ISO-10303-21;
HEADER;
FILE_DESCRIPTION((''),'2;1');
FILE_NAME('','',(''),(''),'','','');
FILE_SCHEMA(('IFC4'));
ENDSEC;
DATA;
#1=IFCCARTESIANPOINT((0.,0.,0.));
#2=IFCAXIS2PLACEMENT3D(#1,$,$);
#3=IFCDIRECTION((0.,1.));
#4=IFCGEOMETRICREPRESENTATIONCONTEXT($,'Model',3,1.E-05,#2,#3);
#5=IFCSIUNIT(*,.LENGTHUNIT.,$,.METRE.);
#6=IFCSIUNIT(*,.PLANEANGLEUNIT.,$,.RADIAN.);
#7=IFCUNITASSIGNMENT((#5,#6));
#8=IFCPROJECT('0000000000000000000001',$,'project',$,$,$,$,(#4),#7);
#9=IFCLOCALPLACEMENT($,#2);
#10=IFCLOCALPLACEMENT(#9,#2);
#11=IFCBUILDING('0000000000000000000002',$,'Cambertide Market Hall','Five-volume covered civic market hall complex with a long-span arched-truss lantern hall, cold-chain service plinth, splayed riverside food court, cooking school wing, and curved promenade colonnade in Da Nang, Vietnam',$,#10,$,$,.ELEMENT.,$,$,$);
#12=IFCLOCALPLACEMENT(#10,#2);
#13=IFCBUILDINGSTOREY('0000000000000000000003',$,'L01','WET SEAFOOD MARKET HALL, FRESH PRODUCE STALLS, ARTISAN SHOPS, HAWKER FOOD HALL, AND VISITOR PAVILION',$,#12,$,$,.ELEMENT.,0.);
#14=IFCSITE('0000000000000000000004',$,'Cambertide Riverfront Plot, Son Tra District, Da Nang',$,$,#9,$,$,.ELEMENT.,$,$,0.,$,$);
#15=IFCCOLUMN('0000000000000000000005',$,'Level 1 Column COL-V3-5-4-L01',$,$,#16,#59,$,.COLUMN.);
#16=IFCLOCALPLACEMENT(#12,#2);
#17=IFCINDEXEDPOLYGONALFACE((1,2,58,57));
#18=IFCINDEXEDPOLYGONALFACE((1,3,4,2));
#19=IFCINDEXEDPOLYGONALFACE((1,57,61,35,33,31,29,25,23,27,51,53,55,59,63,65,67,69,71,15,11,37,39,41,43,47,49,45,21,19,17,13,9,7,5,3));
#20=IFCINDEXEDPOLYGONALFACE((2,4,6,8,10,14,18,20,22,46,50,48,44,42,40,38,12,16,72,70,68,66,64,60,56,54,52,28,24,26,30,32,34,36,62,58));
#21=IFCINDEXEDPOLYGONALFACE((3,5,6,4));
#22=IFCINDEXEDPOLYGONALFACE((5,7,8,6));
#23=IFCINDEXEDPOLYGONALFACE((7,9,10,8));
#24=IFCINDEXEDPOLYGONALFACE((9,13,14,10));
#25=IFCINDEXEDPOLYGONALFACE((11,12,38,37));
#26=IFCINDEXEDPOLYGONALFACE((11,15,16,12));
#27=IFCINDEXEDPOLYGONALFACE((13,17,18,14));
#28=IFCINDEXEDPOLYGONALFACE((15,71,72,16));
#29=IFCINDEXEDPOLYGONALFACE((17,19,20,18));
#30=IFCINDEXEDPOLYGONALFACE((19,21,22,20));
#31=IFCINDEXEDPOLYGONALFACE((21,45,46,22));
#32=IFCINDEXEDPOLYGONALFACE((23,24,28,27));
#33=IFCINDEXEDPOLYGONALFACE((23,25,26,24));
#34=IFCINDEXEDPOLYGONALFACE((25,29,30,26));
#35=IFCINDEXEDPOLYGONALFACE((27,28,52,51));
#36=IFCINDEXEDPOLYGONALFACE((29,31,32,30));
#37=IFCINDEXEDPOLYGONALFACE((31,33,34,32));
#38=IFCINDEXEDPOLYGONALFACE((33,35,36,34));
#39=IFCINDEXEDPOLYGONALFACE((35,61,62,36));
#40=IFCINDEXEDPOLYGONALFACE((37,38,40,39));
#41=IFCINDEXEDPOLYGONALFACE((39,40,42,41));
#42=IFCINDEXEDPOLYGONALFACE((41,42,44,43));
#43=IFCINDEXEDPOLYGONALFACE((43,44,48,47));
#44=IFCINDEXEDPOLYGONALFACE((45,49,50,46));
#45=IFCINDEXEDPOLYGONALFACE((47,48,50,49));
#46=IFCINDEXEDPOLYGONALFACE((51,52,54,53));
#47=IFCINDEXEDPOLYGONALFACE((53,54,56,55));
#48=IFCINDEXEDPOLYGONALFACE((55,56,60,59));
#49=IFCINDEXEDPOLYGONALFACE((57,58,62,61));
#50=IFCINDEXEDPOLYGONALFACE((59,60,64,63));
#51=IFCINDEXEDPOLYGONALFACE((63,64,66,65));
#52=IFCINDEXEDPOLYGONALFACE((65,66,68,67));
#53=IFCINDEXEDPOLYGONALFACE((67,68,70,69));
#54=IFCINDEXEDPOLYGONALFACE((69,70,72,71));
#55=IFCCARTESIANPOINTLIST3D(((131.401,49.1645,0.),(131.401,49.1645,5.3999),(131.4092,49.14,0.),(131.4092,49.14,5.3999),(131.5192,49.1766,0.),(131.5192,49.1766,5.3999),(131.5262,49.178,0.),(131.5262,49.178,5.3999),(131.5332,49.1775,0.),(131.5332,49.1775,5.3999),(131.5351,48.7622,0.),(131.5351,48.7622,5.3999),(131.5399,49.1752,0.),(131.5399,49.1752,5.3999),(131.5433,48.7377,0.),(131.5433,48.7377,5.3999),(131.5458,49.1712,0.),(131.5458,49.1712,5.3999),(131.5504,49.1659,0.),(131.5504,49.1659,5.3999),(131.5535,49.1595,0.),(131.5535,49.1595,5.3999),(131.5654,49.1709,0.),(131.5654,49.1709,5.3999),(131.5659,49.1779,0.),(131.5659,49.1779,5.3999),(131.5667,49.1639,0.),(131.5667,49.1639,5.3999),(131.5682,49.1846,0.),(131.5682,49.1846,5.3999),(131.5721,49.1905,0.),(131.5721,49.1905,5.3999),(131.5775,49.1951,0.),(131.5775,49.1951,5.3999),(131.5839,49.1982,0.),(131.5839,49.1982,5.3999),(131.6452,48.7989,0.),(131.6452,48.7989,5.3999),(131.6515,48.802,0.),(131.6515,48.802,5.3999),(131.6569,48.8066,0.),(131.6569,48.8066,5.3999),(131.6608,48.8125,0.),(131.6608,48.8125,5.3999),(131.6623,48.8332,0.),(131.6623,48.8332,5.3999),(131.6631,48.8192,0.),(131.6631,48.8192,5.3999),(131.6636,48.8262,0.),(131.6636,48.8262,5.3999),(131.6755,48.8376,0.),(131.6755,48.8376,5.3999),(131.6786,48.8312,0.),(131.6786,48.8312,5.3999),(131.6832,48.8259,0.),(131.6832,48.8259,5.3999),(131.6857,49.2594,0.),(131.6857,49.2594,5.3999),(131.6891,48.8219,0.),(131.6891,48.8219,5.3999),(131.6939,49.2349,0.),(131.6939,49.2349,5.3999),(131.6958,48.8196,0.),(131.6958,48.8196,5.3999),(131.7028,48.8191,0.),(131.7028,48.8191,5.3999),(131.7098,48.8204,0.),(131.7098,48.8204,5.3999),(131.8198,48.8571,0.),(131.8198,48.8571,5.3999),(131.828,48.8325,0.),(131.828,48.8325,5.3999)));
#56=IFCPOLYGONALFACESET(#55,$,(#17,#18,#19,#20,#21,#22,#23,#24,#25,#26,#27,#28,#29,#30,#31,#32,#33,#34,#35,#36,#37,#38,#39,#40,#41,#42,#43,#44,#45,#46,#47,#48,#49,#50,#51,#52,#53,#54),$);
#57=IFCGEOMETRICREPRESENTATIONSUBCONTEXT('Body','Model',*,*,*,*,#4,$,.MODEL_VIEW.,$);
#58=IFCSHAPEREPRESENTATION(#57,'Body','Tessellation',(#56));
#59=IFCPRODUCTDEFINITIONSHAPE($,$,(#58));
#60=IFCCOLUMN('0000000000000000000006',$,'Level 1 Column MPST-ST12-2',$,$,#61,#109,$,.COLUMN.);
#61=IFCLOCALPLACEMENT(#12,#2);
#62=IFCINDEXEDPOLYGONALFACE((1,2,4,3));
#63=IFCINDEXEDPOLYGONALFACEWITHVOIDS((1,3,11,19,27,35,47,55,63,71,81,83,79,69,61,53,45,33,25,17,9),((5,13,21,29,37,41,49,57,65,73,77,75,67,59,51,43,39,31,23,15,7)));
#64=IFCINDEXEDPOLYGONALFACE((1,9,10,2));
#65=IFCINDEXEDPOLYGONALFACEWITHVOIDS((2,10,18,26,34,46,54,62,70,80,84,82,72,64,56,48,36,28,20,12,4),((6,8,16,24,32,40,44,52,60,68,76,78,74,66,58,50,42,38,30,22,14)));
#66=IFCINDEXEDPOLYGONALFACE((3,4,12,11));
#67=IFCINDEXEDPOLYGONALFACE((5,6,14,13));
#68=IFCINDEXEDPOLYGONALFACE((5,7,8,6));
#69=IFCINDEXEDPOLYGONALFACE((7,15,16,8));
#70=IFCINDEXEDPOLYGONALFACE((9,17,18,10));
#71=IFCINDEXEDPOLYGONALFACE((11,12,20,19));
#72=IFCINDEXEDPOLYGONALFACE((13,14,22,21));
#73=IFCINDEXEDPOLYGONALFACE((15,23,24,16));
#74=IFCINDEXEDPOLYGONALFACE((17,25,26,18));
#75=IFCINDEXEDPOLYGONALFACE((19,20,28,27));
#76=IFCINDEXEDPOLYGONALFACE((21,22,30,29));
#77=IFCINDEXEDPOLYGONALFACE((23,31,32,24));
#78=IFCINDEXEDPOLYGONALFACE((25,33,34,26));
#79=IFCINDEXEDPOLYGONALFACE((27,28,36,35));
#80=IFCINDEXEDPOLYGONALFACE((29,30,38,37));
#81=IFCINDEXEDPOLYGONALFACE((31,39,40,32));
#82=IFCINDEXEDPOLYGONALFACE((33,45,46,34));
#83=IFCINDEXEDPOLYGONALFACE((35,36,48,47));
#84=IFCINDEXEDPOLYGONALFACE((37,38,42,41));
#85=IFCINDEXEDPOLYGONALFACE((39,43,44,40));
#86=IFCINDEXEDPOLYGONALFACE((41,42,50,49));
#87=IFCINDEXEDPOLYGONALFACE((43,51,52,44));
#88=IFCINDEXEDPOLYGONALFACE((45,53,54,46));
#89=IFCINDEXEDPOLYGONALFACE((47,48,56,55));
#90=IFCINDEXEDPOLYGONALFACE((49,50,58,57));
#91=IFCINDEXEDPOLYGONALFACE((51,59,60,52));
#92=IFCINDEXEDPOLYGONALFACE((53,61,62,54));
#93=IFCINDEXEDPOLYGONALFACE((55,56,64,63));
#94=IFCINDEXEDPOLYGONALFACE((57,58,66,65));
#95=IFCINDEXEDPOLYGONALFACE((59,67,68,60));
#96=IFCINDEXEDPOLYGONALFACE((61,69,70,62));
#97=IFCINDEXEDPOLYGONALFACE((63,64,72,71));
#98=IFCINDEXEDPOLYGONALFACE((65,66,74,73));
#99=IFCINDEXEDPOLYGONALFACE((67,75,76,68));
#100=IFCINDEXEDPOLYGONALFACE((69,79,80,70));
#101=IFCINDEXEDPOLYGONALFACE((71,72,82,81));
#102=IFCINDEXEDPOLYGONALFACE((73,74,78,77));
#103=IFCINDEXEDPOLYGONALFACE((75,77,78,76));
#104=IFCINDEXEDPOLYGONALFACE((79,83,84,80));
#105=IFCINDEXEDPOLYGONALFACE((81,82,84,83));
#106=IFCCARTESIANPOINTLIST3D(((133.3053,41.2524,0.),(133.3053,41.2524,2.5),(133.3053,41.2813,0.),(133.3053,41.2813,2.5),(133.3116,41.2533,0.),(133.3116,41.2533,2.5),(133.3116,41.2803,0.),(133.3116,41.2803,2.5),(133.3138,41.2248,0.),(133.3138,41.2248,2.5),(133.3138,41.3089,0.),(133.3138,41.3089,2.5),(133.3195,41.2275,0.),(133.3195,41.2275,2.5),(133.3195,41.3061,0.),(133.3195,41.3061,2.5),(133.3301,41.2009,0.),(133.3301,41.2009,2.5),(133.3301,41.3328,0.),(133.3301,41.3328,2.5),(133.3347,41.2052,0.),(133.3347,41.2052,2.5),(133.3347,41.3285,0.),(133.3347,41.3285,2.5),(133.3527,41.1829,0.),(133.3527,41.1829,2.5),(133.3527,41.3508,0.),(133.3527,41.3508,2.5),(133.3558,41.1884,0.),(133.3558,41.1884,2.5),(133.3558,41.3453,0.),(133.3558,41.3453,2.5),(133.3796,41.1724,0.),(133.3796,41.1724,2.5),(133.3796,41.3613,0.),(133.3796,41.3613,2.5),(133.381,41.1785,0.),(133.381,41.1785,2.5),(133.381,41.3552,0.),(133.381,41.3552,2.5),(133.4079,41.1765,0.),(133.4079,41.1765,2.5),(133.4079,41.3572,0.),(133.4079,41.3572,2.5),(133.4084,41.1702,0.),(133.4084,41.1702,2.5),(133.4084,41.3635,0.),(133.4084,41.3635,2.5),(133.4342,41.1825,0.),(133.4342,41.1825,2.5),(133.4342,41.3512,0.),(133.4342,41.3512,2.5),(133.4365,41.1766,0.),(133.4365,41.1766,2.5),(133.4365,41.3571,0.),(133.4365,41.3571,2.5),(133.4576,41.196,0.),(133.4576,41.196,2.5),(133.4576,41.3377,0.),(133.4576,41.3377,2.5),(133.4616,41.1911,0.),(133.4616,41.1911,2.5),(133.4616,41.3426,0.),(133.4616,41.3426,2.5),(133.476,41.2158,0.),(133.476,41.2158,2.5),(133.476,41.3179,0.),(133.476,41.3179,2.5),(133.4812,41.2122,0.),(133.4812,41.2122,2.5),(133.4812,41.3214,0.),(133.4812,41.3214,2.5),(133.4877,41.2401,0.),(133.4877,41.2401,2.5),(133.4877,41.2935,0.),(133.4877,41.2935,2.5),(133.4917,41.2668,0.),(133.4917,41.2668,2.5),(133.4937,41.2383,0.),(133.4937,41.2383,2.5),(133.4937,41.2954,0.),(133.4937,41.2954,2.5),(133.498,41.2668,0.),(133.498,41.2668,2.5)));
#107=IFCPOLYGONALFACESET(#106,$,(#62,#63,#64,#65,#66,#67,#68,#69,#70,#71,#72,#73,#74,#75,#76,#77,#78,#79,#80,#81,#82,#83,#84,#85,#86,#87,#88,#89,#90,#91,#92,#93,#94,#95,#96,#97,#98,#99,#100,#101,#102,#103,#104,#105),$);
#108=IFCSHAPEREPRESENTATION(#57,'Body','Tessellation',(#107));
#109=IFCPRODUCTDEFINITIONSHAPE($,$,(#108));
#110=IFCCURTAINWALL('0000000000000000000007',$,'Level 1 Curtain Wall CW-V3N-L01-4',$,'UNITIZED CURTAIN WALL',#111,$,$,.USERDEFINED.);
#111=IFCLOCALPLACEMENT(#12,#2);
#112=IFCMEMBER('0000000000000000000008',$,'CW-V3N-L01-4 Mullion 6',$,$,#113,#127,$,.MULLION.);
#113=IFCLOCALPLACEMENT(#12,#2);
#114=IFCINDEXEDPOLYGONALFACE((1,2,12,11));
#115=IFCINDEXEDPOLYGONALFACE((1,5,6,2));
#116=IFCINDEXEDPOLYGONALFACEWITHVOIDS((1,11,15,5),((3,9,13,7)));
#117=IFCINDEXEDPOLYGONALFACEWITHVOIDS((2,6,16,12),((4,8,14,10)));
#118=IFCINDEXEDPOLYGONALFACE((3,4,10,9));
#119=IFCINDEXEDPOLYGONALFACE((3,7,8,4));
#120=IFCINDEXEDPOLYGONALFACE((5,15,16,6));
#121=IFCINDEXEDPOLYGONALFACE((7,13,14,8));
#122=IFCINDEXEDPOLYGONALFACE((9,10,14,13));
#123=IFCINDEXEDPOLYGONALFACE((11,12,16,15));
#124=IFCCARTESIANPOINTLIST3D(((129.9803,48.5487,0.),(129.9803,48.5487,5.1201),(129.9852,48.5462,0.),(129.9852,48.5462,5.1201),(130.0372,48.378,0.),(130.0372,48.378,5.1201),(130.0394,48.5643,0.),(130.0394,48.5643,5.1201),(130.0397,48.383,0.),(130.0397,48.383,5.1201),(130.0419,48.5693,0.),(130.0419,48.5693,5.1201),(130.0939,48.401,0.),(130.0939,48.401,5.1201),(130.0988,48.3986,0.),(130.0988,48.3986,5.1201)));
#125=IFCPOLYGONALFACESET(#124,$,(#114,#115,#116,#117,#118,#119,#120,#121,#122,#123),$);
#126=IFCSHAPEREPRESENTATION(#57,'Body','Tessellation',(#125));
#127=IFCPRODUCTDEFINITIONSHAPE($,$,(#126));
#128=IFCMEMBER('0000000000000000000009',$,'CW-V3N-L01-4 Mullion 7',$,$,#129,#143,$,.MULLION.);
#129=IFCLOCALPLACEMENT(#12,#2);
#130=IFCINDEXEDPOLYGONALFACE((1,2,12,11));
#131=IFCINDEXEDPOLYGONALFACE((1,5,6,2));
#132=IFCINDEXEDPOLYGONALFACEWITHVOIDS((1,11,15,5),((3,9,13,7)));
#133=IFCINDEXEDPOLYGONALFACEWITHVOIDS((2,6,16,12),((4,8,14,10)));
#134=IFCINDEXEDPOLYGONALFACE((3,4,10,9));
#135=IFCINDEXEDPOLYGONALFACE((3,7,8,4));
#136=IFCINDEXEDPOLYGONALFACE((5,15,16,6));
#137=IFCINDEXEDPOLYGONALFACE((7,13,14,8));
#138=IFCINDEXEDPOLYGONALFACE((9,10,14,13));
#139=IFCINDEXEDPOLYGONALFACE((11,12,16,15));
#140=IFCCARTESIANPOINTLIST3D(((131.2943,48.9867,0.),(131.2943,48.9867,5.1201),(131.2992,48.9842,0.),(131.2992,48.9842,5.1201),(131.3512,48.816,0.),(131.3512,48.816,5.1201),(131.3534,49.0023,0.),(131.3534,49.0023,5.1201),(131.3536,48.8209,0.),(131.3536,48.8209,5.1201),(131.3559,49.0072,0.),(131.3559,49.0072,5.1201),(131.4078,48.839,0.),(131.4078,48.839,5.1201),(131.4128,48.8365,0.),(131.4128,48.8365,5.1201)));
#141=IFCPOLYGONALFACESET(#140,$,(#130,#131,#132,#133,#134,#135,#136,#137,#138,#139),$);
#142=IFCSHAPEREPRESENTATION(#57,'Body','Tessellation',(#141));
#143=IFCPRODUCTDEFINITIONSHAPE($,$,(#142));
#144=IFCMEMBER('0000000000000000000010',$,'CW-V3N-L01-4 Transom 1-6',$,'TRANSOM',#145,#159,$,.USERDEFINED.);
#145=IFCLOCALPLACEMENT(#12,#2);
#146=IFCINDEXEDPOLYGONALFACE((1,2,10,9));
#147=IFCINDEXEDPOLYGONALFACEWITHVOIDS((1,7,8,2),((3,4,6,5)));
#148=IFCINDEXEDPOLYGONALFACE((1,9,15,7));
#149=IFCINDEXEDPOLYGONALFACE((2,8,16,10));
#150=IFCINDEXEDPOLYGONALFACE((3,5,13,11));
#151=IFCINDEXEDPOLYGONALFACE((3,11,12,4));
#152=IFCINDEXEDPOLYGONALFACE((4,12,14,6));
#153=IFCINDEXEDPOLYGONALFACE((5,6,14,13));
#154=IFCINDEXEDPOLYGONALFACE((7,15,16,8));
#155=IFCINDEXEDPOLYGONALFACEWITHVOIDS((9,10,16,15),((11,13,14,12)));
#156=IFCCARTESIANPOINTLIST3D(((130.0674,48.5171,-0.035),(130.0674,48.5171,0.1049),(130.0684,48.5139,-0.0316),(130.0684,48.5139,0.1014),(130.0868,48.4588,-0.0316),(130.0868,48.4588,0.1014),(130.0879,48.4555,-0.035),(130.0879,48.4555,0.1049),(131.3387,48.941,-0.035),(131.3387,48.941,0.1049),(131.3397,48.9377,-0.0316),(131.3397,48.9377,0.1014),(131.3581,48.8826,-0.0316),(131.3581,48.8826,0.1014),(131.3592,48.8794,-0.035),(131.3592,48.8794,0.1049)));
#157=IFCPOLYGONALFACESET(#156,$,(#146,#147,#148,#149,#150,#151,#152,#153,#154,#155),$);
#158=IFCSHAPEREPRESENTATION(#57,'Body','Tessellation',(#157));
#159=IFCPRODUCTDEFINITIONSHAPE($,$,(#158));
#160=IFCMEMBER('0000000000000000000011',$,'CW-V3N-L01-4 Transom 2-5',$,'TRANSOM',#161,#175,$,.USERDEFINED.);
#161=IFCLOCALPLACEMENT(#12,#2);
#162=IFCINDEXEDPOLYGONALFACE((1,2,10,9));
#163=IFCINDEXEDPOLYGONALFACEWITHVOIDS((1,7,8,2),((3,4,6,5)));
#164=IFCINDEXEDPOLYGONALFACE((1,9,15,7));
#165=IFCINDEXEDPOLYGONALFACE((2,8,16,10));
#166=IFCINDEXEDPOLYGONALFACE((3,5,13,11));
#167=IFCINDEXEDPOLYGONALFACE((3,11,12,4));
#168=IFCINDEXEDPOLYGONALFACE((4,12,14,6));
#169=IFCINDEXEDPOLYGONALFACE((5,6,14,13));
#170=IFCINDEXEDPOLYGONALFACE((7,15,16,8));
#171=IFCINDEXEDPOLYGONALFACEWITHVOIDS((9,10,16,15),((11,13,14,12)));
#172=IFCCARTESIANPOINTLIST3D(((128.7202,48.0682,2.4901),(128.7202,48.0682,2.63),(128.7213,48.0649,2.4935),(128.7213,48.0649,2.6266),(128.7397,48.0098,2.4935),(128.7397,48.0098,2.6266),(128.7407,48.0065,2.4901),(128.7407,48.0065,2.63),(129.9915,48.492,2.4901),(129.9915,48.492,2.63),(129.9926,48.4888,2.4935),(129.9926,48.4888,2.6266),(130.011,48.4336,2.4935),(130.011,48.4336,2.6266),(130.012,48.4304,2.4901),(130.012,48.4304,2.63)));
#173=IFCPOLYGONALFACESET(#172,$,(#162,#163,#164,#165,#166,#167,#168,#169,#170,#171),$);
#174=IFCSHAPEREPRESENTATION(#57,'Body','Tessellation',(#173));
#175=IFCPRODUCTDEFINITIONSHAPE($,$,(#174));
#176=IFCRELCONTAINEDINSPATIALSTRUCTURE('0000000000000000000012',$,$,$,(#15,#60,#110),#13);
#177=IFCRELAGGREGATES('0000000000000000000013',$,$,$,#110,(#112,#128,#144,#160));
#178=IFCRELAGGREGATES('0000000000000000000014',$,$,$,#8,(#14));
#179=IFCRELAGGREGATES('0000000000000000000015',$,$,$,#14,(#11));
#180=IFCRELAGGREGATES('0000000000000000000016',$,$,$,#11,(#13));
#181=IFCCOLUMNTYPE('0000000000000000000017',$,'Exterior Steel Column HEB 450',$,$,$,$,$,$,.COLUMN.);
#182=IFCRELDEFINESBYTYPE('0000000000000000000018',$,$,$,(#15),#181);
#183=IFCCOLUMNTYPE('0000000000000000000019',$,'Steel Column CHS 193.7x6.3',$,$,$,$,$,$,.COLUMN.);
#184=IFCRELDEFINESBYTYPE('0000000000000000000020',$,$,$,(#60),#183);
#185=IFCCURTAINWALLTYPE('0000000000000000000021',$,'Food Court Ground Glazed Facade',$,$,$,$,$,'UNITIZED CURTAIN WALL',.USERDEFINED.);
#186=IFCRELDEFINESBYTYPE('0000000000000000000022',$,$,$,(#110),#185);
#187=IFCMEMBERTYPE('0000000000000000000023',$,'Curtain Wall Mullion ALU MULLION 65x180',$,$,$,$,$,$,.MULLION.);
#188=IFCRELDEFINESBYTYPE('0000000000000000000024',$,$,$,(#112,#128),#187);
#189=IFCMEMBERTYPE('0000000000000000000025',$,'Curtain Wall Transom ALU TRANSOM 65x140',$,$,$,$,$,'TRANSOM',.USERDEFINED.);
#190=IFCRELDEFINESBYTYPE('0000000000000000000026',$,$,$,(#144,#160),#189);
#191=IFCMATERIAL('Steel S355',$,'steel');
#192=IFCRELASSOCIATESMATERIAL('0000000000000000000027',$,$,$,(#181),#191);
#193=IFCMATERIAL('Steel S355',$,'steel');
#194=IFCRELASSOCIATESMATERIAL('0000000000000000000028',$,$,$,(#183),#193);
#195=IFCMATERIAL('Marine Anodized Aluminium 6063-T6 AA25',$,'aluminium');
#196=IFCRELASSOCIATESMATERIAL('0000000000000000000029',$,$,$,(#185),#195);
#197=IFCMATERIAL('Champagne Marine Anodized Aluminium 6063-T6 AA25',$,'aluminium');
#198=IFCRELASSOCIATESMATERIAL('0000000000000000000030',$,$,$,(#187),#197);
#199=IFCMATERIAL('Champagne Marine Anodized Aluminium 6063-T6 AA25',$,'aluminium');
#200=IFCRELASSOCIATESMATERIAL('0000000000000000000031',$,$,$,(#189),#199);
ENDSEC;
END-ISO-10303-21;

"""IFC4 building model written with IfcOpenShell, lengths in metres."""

from ifc_helpers import new_model, si_unit, direction, frame, origin, origin_2d, place, context, subcontext, project, spatial, hollow_rectangle, hollow_circle, i_section, extrude, material, material_profile, profile_set, type_object, element, aggregate, save


model = new_model("IFC4")

# Units and contexts
model_context = context("Model", 3, precision=1e-05, world=origin(), true_north=direction((0.0, 1.0)))
body_context = subcontext(model_context, "Body", "Model", "MODEL_VIEW")
ifc_project = project(units=[si_unit("LENGTHUNIT", "METRE"), si_unit("PLANEANGLEUNIT", "RADIAN")], contexts=[model_context])

# Site, building, storey
site_placement = place(None, origin())
site = spatial("IfcSite", under=ifc_project, at=site_placement, Name="Cambertide Riverfront Plot, Son Tra District, Da Nang", CompositionType="ELEMENT", RefElevation=0.0)
building_placement = place(site_placement, origin())
building = spatial("IfcBuilding", under=site, at=building_placement, Name="Cambertide Market Hall", Description="Five-volume covered civic market hall complex with a long-span arched-truss lantern hall, cold-chain service plinth, splayed riverside food court, cooking school wing, and curved promenade colonnade in Da Nang, Vietnam", CompositionType="ELEMENT")
storey_placement = place(building_placement, origin())
storey = spatial("IfcBuildingStorey", under=building, at=storey_placement, Name="L01", Description="WET SEAFOOD MARKET HALL, FRESH PRODUCE STALLS, ARTISAN SHOPS, HAWKER FOOD HALL, AND VISITOR PAVILION", CompositionType="ELEMENT", Elevation=0.0)

# Columns
ifc_material_1 = material(Name="Steel S355", Category="steel")
ifc_material_profile_1 = material_profile(ifc_material_1, i_section(OverallWidth=0.3, OverallDepth=0.45, WebThickness=0.0139, FlangeThickness=0.0259, FilletRadius=0.0271, at=origin_2d()), Name="HEB 450")
ifc_profile_set_1 = profile_set([ifc_material_profile_1], Name="Steel S355")
column_type_1 = type_object("IfcColumnType", Name="Exterior Steel Column HEB 450", PredefinedType="COLUMN", material=ifc_profile_set_1)
column_1_placement = place(storey_placement, frame((131.6145, 48.9985, 0.0), z_axis=(0.0, 0.0, 1.0), x_axis=(0.948683, 0.316228, 0.0)))
element("IfcColumn", 1, at=column_1_placement, inside=storey, type_object=column_type_1, Name="Level 1 Column COL-V3-5-4-L01", PredefinedType="COLUMN", context=body_context, shape_type="SweptSolid", body=[
    extrude(i_section(OverallWidth=0.3, OverallDepth=0.45, WebThickness=0.0139, FlangeThickness=0.0259, FilletRadius=0.0271, at=origin_2d()), origin(), (0.0, 0.0, 1.0), 5.3999),
])
ifc_material_2 = material(Name="Steel S355", Category="steel")
ifc_material_profile_2 = material_profile(ifc_material_2, hollow_circle(Radius=0.0969, WallThickness=0.0063, at=origin_2d()), Name="CHS 193.7x6.3")
ifc_profile_set_2 = profile_set([ifc_material_profile_2], Name="Steel S355")
column_type_2 = type_object("IfcColumnType", Name="Steel Column CHS 193.7x6.3", PredefinedType="COLUMN", material=ifc_profile_set_2)
column_2_placement = place(storey_placement, frame((133.4011, 41.2668, 0.0), z_axis=(0.0, 0.0, 1.0), x_axis=(1.0, 0.0, 0.0)))
element("IfcColumn", 2, at=column_2_placement, inside=storey, type_object=column_type_2, Name="Level 1 Column MPST-ST12-2", PredefinedType="COLUMN", context=body_context, shape_type="SweptSolid", body=[
    extrude(hollow_circle(Radius=0.0969, WallThickness=0.0063, at=origin_2d()), origin(), (0.0, 0.0, 1.0), 2.5),
])

# Curtain wall, members
ifc_material_3 = material(Name="Marine Anodized Aluminium 6063-T6 AA25", Category="aluminium")
curtain_wall_type = type_object("IfcCurtainWallType", Name="Food Court Ground Glazed Facade", ElementType="UNITIZED CURTAIN WALL", PredefinedType="USERDEFINED", material=ifc_material_3)
curtain_wall_placement = place(storey_placement, origin())
curtain_wall = element("IfcCurtainWall", 3, at=curtain_wall_placement, inside=storey, type_object=curtain_wall_type, Name="Level 1 Curtain Wall CW-V3N-L01-4", ObjectType="UNITIZED CURTAIN WALL", PredefinedType="USERDEFINED")
ifc_material_4 = material(Name="Champagne Marine Anodized Aluminium 6063-T6 AA25", Category="aluminium")
ifc_material_profile_3 = material_profile(ifc_material_4, hollow_rectangle(XDim=0.0649, YDim=0.1799, WallThickness=0.0039, at=origin_2d()), Name="ALU MULLION 65x180")
ifc_profile_set_3 = profile_set([ifc_material_profile_3], Name="Champagne Marine Anodized Aluminium 6063-T6 AA25")
member_type_1 = type_object("IfcMemberType", Name="Curtain Wall Mullion ALU MULLION 65x180", PredefinedType="MULLION", material=ifc_profile_set_3)
member_1_placement = place(storey_placement, frame((130.0396, 48.4736, 0.0), z_axis=(0.0, 0.0, 1.0), x_axis=(0.948683, 0.316228, 0.0)))
member_1 = element("IfcMember", 4, at=member_1_placement, type_object=member_type_1, Name="CW-V3N-L01-4 Mullion 6", PredefinedType="MULLION", context=body_context, shape_type="SweptSolid", body=[
    extrude(hollow_rectangle(XDim=0.0649, YDim=0.1799, WallThickness=0.0039, at=origin_2d()), origin(), (0.0, 0.0, 1.0), 5.1201),
])
member_2_placement = place(storey_placement, frame((131.3535, 48.9116, 0.0), z_axis=(0.0, 0.0, 1.0), x_axis=(0.948683, 0.316228, 0.0)))
member_2 = element("IfcMember", 5, at=member_2_placement, type_object=member_type_1, Name="CW-V3N-L01-4 Mullion 7", PredefinedType="MULLION", context=body_context, shape_type="SweptSolid", body=[
    extrude(hollow_rectangle(XDim=0.0649, YDim=0.1799, WallThickness=0.0039, at=origin_2d()), origin(), (0.0, 0.0, 1.0), 5.1201),
])
ifc_material_5 = material(Name="Champagne Marine Anodized Aluminium 6063-T6 AA25", Category="aluminium")
ifc_material_profile_4 = material_profile(ifc_material_5, hollow_rectangle(XDim=0.0649, YDim=0.1399, WallThickness=0.0034, at=origin_2d()), Name="ALU TRANSOM 65x140")
ifc_profile_set_4 = profile_set([ifc_material_profile_4], Name="Champagne Marine Anodized Aluminium 6063-T6 AA25")
member_type_2 = type_object("IfcMemberType", Name="Curtain Wall Transom ALU TRANSOM 65x140", ElementType="TRANSOM", PredefinedType="USERDEFINED", material=ifc_profile_set_4)
member_3_placement = place(storey_placement, frame((130.0776, 48.4863, 0.0349), z_axis=(0.948665, 0.316282, 0.0), x_axis=(-0.316282, 0.948665, 0.0)))
member_3 = element("IfcMember", 6, at=member_3_placement, type_object=member_type_2, Name="CW-V3N-L01-4 Transom 1-6", ObjectType="TRANSOM", PredefinedType="USERDEFINED", context=body_context, shape_type="SweptSolid", body=[
    extrude(hollow_rectangle(XDim=0.0649, YDim=0.1399, WallThickness=0.0034, at=origin_2d()), origin(), (0.0, 0.0, 1.0), 1.3401),
])
member_4_placement = place(storey_placement, frame((128.7305, 48.0374, 2.5601), z_axis=(0.948665, 0.316282, 0.0), x_axis=(-0.316282, 0.948665, 0.0)))
member_4 = element("IfcMember", 7, at=member_4_placement, type_object=member_type_2, Name="CW-V3N-L01-4 Transom 2-5", ObjectType="TRANSOM", PredefinedType="USERDEFINED", context=body_context, shape_type="SweptSolid", body=[
    extrude(hollow_rectangle(XDim=0.0649, YDim=0.1399, WallThickness=0.0034, at=origin_2d()), origin(), (0.0, 0.0, 1.0), 1.3401),
])

aggregate(curtain_wall, [member_1, member_2, member_3, member_4])

save(model, "model.ifc")
